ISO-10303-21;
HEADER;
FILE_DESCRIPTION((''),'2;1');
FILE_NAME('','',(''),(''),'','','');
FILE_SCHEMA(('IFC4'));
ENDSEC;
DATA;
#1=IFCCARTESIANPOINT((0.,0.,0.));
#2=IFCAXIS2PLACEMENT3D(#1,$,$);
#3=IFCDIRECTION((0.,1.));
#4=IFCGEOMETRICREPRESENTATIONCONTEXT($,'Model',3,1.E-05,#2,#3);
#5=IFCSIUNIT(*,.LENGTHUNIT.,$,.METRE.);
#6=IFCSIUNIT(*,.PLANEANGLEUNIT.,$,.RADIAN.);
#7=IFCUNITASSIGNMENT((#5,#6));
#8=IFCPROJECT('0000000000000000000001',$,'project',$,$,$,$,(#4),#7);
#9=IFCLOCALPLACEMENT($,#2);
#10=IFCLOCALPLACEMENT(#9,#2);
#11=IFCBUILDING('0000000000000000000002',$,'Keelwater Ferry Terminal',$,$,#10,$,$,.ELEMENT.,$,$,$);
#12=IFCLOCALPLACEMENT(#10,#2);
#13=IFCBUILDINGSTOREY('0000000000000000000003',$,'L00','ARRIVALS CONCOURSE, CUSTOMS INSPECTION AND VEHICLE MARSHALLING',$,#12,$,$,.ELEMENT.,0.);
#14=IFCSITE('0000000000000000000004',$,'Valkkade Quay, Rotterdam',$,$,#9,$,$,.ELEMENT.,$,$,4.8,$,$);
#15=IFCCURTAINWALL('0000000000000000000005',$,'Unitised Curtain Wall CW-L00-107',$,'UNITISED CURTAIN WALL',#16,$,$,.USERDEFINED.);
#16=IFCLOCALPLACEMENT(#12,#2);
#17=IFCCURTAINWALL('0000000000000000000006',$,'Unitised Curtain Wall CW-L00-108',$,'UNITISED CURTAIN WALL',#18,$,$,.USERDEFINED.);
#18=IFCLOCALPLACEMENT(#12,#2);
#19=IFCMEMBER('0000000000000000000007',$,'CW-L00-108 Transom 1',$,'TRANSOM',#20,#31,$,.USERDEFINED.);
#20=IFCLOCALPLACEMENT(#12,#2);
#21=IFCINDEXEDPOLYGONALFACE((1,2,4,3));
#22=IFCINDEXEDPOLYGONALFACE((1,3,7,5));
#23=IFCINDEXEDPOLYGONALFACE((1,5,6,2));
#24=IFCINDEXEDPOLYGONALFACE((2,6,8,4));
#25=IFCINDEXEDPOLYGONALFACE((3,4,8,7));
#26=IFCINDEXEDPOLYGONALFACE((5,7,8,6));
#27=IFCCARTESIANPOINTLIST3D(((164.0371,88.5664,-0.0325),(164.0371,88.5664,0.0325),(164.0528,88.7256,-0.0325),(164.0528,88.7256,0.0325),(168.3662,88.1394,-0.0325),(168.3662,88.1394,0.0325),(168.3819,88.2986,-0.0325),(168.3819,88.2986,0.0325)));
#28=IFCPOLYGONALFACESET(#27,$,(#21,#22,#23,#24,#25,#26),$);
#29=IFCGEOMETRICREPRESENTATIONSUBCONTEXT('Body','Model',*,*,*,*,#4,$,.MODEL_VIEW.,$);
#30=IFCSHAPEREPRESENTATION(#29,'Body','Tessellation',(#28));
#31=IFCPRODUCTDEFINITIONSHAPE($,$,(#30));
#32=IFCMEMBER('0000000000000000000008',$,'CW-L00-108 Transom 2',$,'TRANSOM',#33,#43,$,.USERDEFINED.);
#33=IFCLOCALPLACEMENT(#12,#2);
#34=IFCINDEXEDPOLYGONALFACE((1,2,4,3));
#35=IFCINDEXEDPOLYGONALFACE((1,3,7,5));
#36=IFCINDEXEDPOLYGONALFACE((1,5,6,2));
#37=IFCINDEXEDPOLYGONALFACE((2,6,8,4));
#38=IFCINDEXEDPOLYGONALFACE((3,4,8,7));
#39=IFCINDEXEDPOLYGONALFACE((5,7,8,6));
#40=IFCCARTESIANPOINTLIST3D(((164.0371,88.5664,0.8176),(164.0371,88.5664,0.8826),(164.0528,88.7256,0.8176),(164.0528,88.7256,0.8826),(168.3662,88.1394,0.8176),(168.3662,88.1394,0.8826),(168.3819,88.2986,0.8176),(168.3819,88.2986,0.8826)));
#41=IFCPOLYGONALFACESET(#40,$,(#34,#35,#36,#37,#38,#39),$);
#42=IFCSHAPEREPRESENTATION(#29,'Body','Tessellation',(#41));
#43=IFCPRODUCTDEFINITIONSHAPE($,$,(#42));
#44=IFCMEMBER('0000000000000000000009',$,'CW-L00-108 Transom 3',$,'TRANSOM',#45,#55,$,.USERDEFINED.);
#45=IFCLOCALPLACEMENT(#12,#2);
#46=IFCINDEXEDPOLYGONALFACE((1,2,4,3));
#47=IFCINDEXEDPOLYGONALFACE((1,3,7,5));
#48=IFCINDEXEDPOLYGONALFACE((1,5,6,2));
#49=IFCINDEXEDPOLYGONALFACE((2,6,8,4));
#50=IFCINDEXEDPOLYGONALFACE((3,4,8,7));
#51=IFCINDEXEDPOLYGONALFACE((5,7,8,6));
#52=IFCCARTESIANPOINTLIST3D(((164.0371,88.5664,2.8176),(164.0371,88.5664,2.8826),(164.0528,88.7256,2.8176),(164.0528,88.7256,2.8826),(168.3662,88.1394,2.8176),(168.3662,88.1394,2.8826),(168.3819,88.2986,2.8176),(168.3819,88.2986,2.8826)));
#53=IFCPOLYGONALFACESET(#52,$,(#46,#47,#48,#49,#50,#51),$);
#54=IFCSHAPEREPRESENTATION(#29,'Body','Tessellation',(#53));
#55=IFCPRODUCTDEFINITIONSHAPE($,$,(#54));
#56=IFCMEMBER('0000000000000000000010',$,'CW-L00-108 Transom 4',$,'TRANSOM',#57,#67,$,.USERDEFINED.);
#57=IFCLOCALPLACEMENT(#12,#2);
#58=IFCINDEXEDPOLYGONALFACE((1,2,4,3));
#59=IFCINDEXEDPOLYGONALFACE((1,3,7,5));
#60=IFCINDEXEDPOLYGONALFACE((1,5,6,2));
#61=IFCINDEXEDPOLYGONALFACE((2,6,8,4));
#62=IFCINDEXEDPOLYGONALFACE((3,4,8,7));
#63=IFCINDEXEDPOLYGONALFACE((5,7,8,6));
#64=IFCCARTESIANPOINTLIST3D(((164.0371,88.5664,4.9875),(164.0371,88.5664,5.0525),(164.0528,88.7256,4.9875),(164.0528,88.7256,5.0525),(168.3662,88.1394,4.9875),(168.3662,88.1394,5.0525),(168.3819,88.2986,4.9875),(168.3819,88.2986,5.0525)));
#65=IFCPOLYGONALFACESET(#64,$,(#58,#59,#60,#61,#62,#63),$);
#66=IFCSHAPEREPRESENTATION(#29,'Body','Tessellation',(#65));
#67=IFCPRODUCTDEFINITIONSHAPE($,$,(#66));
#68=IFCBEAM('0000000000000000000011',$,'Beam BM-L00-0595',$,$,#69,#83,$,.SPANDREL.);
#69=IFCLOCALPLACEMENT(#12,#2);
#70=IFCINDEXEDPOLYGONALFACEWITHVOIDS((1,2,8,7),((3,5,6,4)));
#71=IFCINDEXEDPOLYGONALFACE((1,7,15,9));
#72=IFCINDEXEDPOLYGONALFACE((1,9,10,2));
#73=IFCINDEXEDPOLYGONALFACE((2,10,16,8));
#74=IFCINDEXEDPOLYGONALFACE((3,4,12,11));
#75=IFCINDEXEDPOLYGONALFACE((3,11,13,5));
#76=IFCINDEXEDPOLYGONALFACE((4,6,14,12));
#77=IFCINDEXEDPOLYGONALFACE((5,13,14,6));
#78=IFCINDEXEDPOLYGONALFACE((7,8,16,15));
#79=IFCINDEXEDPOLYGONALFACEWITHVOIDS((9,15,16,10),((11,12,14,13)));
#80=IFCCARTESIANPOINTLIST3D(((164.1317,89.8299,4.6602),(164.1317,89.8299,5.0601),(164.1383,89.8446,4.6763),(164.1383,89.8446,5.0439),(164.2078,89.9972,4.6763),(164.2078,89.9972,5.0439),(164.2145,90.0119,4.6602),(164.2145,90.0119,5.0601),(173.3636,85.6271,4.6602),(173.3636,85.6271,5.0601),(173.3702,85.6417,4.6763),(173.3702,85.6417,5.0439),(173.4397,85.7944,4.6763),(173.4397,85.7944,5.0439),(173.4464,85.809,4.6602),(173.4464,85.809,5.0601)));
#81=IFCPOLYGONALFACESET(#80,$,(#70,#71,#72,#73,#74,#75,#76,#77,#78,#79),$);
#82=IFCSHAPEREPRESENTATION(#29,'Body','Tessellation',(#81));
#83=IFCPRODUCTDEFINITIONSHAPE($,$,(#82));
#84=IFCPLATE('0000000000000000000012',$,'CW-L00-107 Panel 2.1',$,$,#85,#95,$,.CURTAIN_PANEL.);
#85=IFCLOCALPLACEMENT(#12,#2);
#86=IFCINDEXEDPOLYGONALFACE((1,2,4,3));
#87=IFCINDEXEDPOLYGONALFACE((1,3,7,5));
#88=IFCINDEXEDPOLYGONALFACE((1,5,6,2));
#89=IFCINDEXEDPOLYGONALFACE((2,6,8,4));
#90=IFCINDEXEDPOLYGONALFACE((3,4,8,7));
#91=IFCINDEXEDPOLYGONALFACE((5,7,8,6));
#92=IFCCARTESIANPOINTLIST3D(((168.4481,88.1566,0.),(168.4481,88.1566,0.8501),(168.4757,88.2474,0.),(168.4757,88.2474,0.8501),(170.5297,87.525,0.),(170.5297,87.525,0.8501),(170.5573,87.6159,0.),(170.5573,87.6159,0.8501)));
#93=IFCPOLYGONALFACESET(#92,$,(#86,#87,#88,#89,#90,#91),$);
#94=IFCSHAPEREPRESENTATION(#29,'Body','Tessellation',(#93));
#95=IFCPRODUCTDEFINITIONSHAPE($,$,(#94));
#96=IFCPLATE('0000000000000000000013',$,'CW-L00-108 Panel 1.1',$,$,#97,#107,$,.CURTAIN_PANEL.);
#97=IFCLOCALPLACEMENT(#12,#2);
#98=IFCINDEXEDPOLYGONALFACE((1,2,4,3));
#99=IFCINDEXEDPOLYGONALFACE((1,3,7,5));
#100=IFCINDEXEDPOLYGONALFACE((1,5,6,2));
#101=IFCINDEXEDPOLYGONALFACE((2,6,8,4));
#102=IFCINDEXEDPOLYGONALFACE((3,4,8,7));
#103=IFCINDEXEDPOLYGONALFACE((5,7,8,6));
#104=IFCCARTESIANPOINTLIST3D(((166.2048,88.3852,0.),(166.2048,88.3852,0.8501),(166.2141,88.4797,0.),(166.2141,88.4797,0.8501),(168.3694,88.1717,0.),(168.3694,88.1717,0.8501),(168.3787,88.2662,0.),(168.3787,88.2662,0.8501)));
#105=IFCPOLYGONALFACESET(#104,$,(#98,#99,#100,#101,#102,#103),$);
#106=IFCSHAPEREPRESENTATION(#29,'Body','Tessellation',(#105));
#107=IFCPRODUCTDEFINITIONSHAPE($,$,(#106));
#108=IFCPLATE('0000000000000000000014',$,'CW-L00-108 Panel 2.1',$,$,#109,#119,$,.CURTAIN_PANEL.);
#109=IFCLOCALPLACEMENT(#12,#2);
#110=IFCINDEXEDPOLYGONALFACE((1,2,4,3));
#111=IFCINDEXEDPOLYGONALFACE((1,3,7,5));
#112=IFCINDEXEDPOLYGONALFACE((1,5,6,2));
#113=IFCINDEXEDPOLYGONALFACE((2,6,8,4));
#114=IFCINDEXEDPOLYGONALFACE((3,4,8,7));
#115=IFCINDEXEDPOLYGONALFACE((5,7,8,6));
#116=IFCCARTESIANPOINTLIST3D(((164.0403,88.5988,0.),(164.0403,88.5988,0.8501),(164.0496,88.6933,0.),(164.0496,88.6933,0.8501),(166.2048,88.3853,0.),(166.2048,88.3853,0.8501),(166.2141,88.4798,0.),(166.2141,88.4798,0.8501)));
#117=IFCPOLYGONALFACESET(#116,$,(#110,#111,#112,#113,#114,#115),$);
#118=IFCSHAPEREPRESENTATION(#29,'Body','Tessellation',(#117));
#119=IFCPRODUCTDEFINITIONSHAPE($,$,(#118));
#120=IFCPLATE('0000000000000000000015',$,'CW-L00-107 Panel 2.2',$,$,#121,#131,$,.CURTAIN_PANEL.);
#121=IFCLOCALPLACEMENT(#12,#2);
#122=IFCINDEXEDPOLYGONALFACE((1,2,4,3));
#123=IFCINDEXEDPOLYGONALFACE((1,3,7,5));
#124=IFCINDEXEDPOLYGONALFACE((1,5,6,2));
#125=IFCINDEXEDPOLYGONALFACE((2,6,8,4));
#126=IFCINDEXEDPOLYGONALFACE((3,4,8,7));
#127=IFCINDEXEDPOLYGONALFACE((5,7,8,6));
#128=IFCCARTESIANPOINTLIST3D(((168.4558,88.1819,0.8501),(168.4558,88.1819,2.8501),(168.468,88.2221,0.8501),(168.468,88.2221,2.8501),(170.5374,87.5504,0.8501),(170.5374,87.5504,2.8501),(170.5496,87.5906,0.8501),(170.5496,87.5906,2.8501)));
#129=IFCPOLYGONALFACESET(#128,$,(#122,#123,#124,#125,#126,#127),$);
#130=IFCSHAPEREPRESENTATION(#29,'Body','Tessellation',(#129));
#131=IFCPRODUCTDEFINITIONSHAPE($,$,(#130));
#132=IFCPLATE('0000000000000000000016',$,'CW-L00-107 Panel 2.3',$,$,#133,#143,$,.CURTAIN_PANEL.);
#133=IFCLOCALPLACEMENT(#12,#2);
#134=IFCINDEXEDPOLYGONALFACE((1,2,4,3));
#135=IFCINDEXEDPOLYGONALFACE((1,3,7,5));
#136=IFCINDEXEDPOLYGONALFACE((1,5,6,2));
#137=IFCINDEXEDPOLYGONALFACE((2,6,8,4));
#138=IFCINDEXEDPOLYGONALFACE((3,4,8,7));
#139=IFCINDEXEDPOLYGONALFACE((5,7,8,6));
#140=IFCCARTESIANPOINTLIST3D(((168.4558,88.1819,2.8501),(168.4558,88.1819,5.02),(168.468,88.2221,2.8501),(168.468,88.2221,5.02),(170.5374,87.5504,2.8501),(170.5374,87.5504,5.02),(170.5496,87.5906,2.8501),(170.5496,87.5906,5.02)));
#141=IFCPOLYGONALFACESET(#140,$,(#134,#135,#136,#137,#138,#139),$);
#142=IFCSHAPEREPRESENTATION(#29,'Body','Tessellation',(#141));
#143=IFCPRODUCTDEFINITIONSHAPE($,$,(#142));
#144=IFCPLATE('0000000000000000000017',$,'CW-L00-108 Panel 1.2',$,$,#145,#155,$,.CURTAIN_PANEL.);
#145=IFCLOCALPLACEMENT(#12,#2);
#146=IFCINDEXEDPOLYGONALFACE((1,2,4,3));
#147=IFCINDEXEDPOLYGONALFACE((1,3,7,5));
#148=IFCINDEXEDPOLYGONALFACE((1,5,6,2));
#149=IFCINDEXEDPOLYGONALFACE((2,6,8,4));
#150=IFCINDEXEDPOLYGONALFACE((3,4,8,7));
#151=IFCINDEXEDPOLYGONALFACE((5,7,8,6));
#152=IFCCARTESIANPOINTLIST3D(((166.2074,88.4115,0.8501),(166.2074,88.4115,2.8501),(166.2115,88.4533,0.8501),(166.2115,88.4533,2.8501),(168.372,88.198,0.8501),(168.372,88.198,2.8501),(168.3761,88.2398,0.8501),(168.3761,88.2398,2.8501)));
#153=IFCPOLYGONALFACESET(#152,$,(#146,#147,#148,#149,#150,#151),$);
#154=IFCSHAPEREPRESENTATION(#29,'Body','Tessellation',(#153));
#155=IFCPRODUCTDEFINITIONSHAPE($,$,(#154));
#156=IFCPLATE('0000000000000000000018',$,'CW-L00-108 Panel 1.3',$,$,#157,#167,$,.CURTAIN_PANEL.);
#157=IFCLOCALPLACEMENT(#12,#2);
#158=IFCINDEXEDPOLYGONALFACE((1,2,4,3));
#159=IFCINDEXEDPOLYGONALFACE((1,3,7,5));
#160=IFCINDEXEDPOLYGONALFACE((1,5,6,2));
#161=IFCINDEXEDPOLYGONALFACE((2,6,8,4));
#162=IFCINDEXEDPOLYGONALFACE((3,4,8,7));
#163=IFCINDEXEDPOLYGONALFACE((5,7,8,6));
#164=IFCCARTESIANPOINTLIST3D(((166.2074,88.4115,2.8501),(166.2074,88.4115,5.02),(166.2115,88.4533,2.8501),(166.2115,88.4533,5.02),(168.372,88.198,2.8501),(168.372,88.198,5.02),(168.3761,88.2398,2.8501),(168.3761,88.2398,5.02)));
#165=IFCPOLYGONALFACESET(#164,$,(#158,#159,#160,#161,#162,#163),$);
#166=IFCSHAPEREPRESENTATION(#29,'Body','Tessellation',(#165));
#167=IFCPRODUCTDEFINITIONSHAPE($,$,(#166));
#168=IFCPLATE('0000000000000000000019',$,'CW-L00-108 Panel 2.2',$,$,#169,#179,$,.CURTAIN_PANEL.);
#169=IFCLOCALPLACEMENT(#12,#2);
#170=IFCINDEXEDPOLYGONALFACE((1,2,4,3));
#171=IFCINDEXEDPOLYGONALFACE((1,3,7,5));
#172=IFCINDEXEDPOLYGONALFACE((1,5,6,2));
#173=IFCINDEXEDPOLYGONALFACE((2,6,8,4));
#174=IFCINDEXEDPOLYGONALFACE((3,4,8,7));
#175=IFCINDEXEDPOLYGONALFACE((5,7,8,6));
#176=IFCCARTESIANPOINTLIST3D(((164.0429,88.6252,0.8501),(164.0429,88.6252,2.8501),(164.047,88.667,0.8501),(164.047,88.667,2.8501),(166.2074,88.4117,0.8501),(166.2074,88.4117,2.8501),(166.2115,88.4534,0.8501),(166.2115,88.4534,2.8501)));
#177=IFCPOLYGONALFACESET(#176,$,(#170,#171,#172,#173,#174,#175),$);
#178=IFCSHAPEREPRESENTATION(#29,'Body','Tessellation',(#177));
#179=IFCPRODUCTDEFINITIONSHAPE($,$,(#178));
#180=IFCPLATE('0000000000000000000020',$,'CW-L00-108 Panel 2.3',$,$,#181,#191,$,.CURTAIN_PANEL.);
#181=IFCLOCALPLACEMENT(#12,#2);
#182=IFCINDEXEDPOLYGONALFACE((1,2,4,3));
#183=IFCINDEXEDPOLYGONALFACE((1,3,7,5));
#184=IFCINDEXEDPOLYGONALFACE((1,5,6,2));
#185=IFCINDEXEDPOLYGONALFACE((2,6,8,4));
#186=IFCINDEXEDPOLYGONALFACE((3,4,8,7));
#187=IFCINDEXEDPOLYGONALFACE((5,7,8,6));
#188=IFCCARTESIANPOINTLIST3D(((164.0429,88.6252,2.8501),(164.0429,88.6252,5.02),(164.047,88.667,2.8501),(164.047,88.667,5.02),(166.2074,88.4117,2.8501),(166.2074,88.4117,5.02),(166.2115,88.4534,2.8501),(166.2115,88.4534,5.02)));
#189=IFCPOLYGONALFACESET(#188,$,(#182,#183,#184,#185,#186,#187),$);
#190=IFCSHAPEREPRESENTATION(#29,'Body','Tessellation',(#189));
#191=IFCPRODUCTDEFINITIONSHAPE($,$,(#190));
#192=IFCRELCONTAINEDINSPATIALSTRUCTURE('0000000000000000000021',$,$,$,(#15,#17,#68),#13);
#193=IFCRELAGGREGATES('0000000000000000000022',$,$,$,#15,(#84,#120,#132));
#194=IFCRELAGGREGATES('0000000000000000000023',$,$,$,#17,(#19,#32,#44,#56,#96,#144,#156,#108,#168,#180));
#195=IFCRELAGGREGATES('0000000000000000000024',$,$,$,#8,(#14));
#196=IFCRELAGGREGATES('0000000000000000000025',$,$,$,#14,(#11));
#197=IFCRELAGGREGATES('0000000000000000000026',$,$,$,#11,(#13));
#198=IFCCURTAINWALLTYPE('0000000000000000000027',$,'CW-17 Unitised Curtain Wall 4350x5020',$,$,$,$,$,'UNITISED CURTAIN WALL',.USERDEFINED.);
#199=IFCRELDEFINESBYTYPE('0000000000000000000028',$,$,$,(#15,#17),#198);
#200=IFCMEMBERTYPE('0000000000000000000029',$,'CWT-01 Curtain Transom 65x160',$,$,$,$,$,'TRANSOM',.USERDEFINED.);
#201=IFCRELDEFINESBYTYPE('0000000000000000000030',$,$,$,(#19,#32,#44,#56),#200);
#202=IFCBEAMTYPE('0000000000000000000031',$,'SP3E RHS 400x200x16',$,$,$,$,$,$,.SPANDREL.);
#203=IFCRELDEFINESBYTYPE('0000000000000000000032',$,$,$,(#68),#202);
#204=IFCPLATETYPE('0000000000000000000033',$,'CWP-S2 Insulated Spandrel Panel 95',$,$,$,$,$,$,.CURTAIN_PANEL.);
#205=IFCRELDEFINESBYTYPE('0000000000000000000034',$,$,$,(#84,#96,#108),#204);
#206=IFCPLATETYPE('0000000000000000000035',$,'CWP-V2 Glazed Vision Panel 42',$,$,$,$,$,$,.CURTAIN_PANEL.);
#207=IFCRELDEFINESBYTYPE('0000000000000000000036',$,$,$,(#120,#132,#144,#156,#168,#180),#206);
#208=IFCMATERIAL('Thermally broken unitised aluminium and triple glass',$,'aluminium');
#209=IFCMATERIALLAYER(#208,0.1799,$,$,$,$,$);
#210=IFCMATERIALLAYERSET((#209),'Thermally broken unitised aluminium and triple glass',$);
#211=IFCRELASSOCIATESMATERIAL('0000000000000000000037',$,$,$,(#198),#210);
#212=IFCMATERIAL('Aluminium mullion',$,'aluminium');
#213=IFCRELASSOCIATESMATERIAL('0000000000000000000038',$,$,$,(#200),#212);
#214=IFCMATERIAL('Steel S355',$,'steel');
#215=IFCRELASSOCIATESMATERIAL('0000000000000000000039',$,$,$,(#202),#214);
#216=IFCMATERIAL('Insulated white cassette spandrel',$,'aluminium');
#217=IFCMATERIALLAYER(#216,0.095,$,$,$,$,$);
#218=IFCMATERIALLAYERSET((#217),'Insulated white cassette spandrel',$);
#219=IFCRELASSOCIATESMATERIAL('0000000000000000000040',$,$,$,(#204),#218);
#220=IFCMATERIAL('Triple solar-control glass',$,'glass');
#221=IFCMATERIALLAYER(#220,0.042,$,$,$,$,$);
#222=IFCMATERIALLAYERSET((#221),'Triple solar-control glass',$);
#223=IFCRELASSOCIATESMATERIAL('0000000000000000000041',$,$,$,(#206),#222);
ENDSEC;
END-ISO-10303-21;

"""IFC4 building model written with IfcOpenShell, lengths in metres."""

from ifc_helpers import new_model, si_unit, direction, frame, origin, origin_2d, place, context, subcontext, project, spatial, rectangle, hollow_rectangle, extrude, material, layer, layer_set, material_profile, profile_set, type_object, element, aggregate, save


model = new_model("IFC4")

# Units and contexts
model_context = context("Model", 3, precision=1e-05, world=origin(), true_north=direction((0.0, 1.0)))
body_context = subcontext(model_context, "Body", "Model", "MODEL_VIEW")
ifc_project = project(units=[si_unit("LENGTHUNIT", "METRE"), si_unit("PLANEANGLEUNIT", "RADIAN")], contexts=[model_context])

# Site, building, storey
site_placement = place(None, origin())
site = spatial("IfcSite", under=ifc_project, at=site_placement, Name="Valkkade Quay, Rotterdam", CompositionType="ELEMENT", RefElevation=4.8)
building_placement = place(site_placement, origin())
building = spatial("IfcBuilding", under=site, at=building_placement, Name="Keelwater Ferry Terminal", CompositionType="ELEMENT")
storey_placement = place(building_placement, origin())
storey = spatial("IfcBuildingStorey", under=building, at=storey_placement, Name="L00", Description="ARRIVALS CONCOURSE, CUSTOMS INSPECTION AND VEHICLE MARSHALLING", CompositionType="ELEMENT", Elevation=0.0)

# Curtain walls, members
ifc_material_1 = material(Name="Thermally broken unitised aluminium and triple glass", Category="aluminium")
ifc_layer_1 = layer(ifc_material_1, 0.1799)
ifc_layer_set_1 = layer_set([ifc_layer_1], Name="Thermally broken unitised aluminium and triple glass")
curtain_wall_type = type_object("IfcCurtainWallType", Name="CW-17 Unitised Curtain Wall 4350x5020", ElementType="UNITISED CURTAIN WALL", PredefinedType="USERDEFINED", material=ifc_layer_set_1)
curtain_wall_1_placement = place(storey_placement, origin())
curtain_wall_1 = element("IfcCurtainWall", 1, at=curtain_wall_1_placement, inside=storey, type_object=curtain_wall_type, Name="Unitised Curtain Wall CW-L00-107", ObjectType="UNITISED CURTAIN WALL", PredefinedType="USERDEFINED")
curtain_wall_2_placement = place(storey_placement, origin())
curtain_wall_2 = element("IfcCurtainWall", 2, at=curtain_wall_2_placement, inside=storey, type_object=curtain_wall_type, Name="Unitised Curtain Wall CW-L00-108", ObjectType="UNITISED CURTAIN WALL", PredefinedType="USERDEFINED")
ifc_material_2 = material(Name="Aluminium mullion", Category="aluminium")
ifc_material_profile_1 = material_profile(ifc_material_2, rectangle(XDim=0.1599, YDim=0.0649, at=origin_2d()), Name="CWT-01")
ifc_profile_set_1 = profile_set([ifc_material_profile_1], Name="Aluminium mullion")
member_type_1 = type_object("IfcMemberType", Name="CWT-01 Curtain Transom 65x160", ElementType="TRANSOM", PredefinedType="USERDEFINED", material=ifc_profile_set_1)
member_1_placement = place(storey_placement, frame((168.374, 88.219, 0.0), z_axis=(-0.995171, 0.098159, 0.0), x_axis=(-0.098159, -0.995171, 0.0)))
member_1 = element("IfcMember", 3, at=member_1_placement, type_object=member_type_1, Name="CW-L00-108 Transom 1", ObjectType="TRANSOM", PredefinedType="USERDEFINED", context=body_context, shape_type="SweptSolid", body=[
    extrude(rectangle(XDim=0.1599, YDim=0.0649, at=origin_2d()), origin(), (0.0, 0.0, 1.0), 4.3501),
])
member_2_placement = place(storey_placement, frame((168.374, 88.219, 0.8501), z_axis=(-0.995171, 0.098159, 0.0), x_axis=(-0.098159, -0.995171, 0.0)))
member_2 = element("IfcMember", 4, at=member_2_placement, type_object=member_type_1, Name="CW-L00-108 Transom 2", ObjectType="TRANSOM", PredefinedType="USERDEFINED", context=body_context, shape_type="SweptSolid", body=[
    extrude(rectangle(XDim=0.1599, YDim=0.0649, at=origin_2d()), origin(), (0.0, 0.0, 1.0), 4.3501),
])
member_3_placement = place(storey_placement, frame((168.374, 88.219, 2.8501), z_axis=(-0.995171, 0.098159, 0.0), x_axis=(-0.098159, -0.995171, 0.0)))
member_3 = element("IfcMember", 5, at=member_3_placement, type_object=member_type_1, Name="CW-L00-108 Transom 3", ObjectType="TRANSOM", PredefinedType="USERDEFINED", context=body_context, shape_type="SweptSolid", body=[
    extrude(rectangle(XDim=0.1599, YDim=0.0649, at=origin_2d()), origin(), (0.0, 0.0, 1.0), 4.3501),
])
member_4_placement = place(storey_placement, frame((168.374, 88.219, 5.02), z_axis=(-0.995171, 0.098159, 0.0), x_axis=(-0.098159, -0.995171, 0.0)))
member_4 = element("IfcMember", 6, at=member_4_placement, type_object=member_type_1, Name="CW-L00-108 Transom 4", ObjectType="TRANSOM", PredefinedType="USERDEFINED", context=body_context, shape_type="SweptSolid", body=[
    extrude(rectangle(XDim=0.1599, YDim=0.0649, at=origin_2d()), origin(), (0.0, 0.0, 1.0), 4.3501),
])

# Beam
ifc_material_3 = material(Name="Steel S355", Category="steel")
ifc_material_profile_2 = material_profile(ifc_material_3, hollow_rectangle(XDim=0.2, YDim=0.3999, WallThickness=0.0161, at=origin_2d()), Name="RHS 400x200x16")
ifc_profile_set_2 = profile_set([ifc_material_profile_2], Name="Steel S355")
beam_type = type_object("IfcBeamType", Name="SP3E RHS 400x200x16", PredefinedType="SPANDREL", material=ifc_profile_set_2)
beam_placement = place(storey_placement, frame((164.1731, 89.9209, 4.8601), z_axis=(0.910123, -0.414338, 0.0), x_axis=(0.414338, 0.910123, 0.0)))
element("IfcBeam", 7, at=beam_placement, inside=storey, type_object=beam_type, Name="Beam BM-L00-0595", PredefinedType="SPANDREL", context=body_context, shape_type="SweptSolid", body=[
    extrude(hollow_rectangle(XDim=0.2, YDim=0.3999, WallThickness=0.0161, at=origin_2d()), origin(), (0.0, 0.0, 1.0), 10.1436),
])

# Plates
ifc_material_4 = material(Name="Insulated white cassette spandrel", Category="aluminium")
ifc_layer_2 = layer(ifc_material_4, 0.095)
ifc_layer_set_2 = layer_set([ifc_layer_2], Name="Insulated white cassette spandrel")
plate_type_1 = type_object("IfcPlateType", Name="CWP-S2 Insulated Spandrel Panel 95", PredefinedType="CURTAIN_PANEL", material=ifc_layer_set_2)
plate_1_placement = place(storey_placement, frame((169.5027, 87.8862, 0.0), z_axis=(0.0, 0.0, 1.0), x_axis=(-0.95693, 0.29032, 0.0)))
plate_1 = element("IfcPlate", 8, at=plate_1_placement, type_object=plate_type_1, Name="CW-L00-107 Panel 2.1", PredefinedType="CURTAIN_PANEL", context=body_context, shape_type="SweptSolid", body=[
    extrude(rectangle(XDim=2.1753, YDim=0.095, at=origin_2d()), origin(), (0.0, 0.0, 1.0), 0.8501),
])
plate_2_placement = place(storey_placement, frame((167.2917, 88.3257, 0.0), z_axis=(0.0, 0.0, 1.0), x_axis=(-0.995171, 0.098161, 0.0)))
plate_2 = element("IfcPlate", 9, at=plate_2_placement, type_object=plate_type_1, Name="CW-L00-108 Panel 1.1", PredefinedType="CURTAIN_PANEL", context=body_context, shape_type="SweptSolid", body=[
    extrude(rectangle(XDim=2.175, YDim=0.095, at=origin_2d()), origin(), (0.0, 0.0, 1.0), 0.8501),
])
plate_3_placement = place(storey_placement, frame((165.1272, 88.5393, 0.0), z_axis=(0.0, 0.0, 1.0), x_axis=(-0.995171, 0.098161, 0.0)))
plate_3 = element("IfcPlate", 10, at=plate_3_placement, type_object=plate_type_1, Name="CW-L00-108 Panel 2.1", PredefinedType="CURTAIN_PANEL", context=body_context, shape_type="SweptSolid", body=[
    extrude(rectangle(XDim=2.175, YDim=0.095, at=origin_2d()), origin(), (0.0, 0.0, 1.0), 0.8501),
])
ifc_material_5 = material(Name="Triple solar-control glass", Category="glass")
ifc_layer_3 = layer(ifc_material_5, 0.042)
ifc_layer_set_3 = layer_set([ifc_layer_3], Name="Triple solar-control glass")
plate_type_2 = type_object("IfcPlateType", Name="CWP-V2 Glazed Vision Panel 42", PredefinedType="CURTAIN_PANEL", material=ifc_layer_set_3)
plate_4_placement = place(storey_placement, frame((169.5027, 87.8862, 0.8501), z_axis=(0.0, 0.0, 1.0), x_axis=(-0.95693, 0.29032, 0.0)))
plate_4 = element("IfcPlate", 11, at=plate_4_placement, type_object=plate_type_2, Name="CW-L00-107 Panel 2.2", PredefinedType="CURTAIN_PANEL", context=body_context, shape_type="SweptSolid", body=[
    extrude(rectangle(XDim=2.1753, YDim=0.042, at=origin_2d()), origin(), (0.0, 0.0, 1.0), 2.0),
])
plate_5_placement = place(storey_placement, frame((169.5027, 87.8862, 2.8501), z_axis=(0.0, 0.0, 1.0), x_axis=(-0.95693, 0.29032, 0.0)))
plate_5 = element("IfcPlate", 12, at=plate_5_placement, type_object=plate_type_2, Name="CW-L00-107 Panel 2.3", PredefinedType="CURTAIN_PANEL", context=body_context, shape_type="SweptSolid", body=[
    extrude(rectangle(XDim=2.1753, YDim=0.042, at=origin_2d()), origin(), (0.0, 0.0, 1.0), 2.1699),
])
aggregate(curtain_wall_1, [plate_1, plate_4, plate_5])
plate_6_placement = place(storey_placement, frame((167.2917, 88.3257, 0.8501), z_axis=(0.0, 0.0, 1.0), x_axis=(-0.995171, 0.098161, 0.0)))
plate_6 = element("IfcPlate", 13, at=plate_6_placement, type_object=plate_type_2, Name="CW-L00-108 Panel 1.2", PredefinedType="CURTAIN_PANEL", context=body_context, shape_type="SweptSolid", body=[
    extrude(rectangle(XDim=2.175, YDim=0.042, at=origin_2d()), origin(), (0.0, 0.0, 1.0), 2.0),
])
plate_7_placement = place(storey_placement, frame((167.2917, 88.3257, 2.8501), z_axis=(0.0, 0.0, 1.0), x_axis=(-0.995171, 0.098161, 0.0)))
plate_7 = element("IfcPlate", 14, at=plate_7_placement, type_object=plate_type_2, Name="CW-L00-108 Panel 1.3", PredefinedType="CURTAIN_PANEL", context=body_context, shape_type="SweptSolid", body=[
    extrude(rectangle(XDim=2.175, YDim=0.042, at=origin_2d()), origin(), (0.0, 0.0, 1.0), 2.1699),
])
plate_8_placement = place(storey_placement, frame((165.1272, 88.5393, 0.8501), z_axis=(0.0, 0.0, 1.0), x_axis=(-0.995171, 0.098161, 0.0)))
plate_8 = element("IfcPlate", 15, at=plate_8_placement, type_object=plate_type_2, Name="CW-L00-108 Panel 2.2", PredefinedType="CURTAIN_PANEL", context=body_context, shape_type="SweptSolid", body=[
    extrude(rectangle(XDim=2.175, YDim=0.042, at=origin_2d()), origin(), (0.0, 0.0, 1.0), 2.0),
])
plate_9_placement = place(storey_placement, frame((165.1272, 88.5393, 2.8501), z_axis=(0.0, 0.0, 1.0), x_axis=(-0.995171, 0.098161, 0.0)))
plate_9 = element("IfcPlate", 16, at=plate_9_placement, type_object=plate_type_2, Name="CW-L00-108 Panel 2.3", PredefinedType="CURTAIN_PANEL", context=body_context, shape_type="SweptSolid", body=[
    extrude(rectangle(XDim=2.175, YDim=0.042, at=origin_2d()), origin(), (0.0, 0.0, 1.0), 2.1699),
])
aggregate(curtain_wall_2, [member_1, member_2, member_3, member_4, plate_2, plate_6, plate_7, plate_3, plate_8, plate_9])

save(model, "model.ifc")
